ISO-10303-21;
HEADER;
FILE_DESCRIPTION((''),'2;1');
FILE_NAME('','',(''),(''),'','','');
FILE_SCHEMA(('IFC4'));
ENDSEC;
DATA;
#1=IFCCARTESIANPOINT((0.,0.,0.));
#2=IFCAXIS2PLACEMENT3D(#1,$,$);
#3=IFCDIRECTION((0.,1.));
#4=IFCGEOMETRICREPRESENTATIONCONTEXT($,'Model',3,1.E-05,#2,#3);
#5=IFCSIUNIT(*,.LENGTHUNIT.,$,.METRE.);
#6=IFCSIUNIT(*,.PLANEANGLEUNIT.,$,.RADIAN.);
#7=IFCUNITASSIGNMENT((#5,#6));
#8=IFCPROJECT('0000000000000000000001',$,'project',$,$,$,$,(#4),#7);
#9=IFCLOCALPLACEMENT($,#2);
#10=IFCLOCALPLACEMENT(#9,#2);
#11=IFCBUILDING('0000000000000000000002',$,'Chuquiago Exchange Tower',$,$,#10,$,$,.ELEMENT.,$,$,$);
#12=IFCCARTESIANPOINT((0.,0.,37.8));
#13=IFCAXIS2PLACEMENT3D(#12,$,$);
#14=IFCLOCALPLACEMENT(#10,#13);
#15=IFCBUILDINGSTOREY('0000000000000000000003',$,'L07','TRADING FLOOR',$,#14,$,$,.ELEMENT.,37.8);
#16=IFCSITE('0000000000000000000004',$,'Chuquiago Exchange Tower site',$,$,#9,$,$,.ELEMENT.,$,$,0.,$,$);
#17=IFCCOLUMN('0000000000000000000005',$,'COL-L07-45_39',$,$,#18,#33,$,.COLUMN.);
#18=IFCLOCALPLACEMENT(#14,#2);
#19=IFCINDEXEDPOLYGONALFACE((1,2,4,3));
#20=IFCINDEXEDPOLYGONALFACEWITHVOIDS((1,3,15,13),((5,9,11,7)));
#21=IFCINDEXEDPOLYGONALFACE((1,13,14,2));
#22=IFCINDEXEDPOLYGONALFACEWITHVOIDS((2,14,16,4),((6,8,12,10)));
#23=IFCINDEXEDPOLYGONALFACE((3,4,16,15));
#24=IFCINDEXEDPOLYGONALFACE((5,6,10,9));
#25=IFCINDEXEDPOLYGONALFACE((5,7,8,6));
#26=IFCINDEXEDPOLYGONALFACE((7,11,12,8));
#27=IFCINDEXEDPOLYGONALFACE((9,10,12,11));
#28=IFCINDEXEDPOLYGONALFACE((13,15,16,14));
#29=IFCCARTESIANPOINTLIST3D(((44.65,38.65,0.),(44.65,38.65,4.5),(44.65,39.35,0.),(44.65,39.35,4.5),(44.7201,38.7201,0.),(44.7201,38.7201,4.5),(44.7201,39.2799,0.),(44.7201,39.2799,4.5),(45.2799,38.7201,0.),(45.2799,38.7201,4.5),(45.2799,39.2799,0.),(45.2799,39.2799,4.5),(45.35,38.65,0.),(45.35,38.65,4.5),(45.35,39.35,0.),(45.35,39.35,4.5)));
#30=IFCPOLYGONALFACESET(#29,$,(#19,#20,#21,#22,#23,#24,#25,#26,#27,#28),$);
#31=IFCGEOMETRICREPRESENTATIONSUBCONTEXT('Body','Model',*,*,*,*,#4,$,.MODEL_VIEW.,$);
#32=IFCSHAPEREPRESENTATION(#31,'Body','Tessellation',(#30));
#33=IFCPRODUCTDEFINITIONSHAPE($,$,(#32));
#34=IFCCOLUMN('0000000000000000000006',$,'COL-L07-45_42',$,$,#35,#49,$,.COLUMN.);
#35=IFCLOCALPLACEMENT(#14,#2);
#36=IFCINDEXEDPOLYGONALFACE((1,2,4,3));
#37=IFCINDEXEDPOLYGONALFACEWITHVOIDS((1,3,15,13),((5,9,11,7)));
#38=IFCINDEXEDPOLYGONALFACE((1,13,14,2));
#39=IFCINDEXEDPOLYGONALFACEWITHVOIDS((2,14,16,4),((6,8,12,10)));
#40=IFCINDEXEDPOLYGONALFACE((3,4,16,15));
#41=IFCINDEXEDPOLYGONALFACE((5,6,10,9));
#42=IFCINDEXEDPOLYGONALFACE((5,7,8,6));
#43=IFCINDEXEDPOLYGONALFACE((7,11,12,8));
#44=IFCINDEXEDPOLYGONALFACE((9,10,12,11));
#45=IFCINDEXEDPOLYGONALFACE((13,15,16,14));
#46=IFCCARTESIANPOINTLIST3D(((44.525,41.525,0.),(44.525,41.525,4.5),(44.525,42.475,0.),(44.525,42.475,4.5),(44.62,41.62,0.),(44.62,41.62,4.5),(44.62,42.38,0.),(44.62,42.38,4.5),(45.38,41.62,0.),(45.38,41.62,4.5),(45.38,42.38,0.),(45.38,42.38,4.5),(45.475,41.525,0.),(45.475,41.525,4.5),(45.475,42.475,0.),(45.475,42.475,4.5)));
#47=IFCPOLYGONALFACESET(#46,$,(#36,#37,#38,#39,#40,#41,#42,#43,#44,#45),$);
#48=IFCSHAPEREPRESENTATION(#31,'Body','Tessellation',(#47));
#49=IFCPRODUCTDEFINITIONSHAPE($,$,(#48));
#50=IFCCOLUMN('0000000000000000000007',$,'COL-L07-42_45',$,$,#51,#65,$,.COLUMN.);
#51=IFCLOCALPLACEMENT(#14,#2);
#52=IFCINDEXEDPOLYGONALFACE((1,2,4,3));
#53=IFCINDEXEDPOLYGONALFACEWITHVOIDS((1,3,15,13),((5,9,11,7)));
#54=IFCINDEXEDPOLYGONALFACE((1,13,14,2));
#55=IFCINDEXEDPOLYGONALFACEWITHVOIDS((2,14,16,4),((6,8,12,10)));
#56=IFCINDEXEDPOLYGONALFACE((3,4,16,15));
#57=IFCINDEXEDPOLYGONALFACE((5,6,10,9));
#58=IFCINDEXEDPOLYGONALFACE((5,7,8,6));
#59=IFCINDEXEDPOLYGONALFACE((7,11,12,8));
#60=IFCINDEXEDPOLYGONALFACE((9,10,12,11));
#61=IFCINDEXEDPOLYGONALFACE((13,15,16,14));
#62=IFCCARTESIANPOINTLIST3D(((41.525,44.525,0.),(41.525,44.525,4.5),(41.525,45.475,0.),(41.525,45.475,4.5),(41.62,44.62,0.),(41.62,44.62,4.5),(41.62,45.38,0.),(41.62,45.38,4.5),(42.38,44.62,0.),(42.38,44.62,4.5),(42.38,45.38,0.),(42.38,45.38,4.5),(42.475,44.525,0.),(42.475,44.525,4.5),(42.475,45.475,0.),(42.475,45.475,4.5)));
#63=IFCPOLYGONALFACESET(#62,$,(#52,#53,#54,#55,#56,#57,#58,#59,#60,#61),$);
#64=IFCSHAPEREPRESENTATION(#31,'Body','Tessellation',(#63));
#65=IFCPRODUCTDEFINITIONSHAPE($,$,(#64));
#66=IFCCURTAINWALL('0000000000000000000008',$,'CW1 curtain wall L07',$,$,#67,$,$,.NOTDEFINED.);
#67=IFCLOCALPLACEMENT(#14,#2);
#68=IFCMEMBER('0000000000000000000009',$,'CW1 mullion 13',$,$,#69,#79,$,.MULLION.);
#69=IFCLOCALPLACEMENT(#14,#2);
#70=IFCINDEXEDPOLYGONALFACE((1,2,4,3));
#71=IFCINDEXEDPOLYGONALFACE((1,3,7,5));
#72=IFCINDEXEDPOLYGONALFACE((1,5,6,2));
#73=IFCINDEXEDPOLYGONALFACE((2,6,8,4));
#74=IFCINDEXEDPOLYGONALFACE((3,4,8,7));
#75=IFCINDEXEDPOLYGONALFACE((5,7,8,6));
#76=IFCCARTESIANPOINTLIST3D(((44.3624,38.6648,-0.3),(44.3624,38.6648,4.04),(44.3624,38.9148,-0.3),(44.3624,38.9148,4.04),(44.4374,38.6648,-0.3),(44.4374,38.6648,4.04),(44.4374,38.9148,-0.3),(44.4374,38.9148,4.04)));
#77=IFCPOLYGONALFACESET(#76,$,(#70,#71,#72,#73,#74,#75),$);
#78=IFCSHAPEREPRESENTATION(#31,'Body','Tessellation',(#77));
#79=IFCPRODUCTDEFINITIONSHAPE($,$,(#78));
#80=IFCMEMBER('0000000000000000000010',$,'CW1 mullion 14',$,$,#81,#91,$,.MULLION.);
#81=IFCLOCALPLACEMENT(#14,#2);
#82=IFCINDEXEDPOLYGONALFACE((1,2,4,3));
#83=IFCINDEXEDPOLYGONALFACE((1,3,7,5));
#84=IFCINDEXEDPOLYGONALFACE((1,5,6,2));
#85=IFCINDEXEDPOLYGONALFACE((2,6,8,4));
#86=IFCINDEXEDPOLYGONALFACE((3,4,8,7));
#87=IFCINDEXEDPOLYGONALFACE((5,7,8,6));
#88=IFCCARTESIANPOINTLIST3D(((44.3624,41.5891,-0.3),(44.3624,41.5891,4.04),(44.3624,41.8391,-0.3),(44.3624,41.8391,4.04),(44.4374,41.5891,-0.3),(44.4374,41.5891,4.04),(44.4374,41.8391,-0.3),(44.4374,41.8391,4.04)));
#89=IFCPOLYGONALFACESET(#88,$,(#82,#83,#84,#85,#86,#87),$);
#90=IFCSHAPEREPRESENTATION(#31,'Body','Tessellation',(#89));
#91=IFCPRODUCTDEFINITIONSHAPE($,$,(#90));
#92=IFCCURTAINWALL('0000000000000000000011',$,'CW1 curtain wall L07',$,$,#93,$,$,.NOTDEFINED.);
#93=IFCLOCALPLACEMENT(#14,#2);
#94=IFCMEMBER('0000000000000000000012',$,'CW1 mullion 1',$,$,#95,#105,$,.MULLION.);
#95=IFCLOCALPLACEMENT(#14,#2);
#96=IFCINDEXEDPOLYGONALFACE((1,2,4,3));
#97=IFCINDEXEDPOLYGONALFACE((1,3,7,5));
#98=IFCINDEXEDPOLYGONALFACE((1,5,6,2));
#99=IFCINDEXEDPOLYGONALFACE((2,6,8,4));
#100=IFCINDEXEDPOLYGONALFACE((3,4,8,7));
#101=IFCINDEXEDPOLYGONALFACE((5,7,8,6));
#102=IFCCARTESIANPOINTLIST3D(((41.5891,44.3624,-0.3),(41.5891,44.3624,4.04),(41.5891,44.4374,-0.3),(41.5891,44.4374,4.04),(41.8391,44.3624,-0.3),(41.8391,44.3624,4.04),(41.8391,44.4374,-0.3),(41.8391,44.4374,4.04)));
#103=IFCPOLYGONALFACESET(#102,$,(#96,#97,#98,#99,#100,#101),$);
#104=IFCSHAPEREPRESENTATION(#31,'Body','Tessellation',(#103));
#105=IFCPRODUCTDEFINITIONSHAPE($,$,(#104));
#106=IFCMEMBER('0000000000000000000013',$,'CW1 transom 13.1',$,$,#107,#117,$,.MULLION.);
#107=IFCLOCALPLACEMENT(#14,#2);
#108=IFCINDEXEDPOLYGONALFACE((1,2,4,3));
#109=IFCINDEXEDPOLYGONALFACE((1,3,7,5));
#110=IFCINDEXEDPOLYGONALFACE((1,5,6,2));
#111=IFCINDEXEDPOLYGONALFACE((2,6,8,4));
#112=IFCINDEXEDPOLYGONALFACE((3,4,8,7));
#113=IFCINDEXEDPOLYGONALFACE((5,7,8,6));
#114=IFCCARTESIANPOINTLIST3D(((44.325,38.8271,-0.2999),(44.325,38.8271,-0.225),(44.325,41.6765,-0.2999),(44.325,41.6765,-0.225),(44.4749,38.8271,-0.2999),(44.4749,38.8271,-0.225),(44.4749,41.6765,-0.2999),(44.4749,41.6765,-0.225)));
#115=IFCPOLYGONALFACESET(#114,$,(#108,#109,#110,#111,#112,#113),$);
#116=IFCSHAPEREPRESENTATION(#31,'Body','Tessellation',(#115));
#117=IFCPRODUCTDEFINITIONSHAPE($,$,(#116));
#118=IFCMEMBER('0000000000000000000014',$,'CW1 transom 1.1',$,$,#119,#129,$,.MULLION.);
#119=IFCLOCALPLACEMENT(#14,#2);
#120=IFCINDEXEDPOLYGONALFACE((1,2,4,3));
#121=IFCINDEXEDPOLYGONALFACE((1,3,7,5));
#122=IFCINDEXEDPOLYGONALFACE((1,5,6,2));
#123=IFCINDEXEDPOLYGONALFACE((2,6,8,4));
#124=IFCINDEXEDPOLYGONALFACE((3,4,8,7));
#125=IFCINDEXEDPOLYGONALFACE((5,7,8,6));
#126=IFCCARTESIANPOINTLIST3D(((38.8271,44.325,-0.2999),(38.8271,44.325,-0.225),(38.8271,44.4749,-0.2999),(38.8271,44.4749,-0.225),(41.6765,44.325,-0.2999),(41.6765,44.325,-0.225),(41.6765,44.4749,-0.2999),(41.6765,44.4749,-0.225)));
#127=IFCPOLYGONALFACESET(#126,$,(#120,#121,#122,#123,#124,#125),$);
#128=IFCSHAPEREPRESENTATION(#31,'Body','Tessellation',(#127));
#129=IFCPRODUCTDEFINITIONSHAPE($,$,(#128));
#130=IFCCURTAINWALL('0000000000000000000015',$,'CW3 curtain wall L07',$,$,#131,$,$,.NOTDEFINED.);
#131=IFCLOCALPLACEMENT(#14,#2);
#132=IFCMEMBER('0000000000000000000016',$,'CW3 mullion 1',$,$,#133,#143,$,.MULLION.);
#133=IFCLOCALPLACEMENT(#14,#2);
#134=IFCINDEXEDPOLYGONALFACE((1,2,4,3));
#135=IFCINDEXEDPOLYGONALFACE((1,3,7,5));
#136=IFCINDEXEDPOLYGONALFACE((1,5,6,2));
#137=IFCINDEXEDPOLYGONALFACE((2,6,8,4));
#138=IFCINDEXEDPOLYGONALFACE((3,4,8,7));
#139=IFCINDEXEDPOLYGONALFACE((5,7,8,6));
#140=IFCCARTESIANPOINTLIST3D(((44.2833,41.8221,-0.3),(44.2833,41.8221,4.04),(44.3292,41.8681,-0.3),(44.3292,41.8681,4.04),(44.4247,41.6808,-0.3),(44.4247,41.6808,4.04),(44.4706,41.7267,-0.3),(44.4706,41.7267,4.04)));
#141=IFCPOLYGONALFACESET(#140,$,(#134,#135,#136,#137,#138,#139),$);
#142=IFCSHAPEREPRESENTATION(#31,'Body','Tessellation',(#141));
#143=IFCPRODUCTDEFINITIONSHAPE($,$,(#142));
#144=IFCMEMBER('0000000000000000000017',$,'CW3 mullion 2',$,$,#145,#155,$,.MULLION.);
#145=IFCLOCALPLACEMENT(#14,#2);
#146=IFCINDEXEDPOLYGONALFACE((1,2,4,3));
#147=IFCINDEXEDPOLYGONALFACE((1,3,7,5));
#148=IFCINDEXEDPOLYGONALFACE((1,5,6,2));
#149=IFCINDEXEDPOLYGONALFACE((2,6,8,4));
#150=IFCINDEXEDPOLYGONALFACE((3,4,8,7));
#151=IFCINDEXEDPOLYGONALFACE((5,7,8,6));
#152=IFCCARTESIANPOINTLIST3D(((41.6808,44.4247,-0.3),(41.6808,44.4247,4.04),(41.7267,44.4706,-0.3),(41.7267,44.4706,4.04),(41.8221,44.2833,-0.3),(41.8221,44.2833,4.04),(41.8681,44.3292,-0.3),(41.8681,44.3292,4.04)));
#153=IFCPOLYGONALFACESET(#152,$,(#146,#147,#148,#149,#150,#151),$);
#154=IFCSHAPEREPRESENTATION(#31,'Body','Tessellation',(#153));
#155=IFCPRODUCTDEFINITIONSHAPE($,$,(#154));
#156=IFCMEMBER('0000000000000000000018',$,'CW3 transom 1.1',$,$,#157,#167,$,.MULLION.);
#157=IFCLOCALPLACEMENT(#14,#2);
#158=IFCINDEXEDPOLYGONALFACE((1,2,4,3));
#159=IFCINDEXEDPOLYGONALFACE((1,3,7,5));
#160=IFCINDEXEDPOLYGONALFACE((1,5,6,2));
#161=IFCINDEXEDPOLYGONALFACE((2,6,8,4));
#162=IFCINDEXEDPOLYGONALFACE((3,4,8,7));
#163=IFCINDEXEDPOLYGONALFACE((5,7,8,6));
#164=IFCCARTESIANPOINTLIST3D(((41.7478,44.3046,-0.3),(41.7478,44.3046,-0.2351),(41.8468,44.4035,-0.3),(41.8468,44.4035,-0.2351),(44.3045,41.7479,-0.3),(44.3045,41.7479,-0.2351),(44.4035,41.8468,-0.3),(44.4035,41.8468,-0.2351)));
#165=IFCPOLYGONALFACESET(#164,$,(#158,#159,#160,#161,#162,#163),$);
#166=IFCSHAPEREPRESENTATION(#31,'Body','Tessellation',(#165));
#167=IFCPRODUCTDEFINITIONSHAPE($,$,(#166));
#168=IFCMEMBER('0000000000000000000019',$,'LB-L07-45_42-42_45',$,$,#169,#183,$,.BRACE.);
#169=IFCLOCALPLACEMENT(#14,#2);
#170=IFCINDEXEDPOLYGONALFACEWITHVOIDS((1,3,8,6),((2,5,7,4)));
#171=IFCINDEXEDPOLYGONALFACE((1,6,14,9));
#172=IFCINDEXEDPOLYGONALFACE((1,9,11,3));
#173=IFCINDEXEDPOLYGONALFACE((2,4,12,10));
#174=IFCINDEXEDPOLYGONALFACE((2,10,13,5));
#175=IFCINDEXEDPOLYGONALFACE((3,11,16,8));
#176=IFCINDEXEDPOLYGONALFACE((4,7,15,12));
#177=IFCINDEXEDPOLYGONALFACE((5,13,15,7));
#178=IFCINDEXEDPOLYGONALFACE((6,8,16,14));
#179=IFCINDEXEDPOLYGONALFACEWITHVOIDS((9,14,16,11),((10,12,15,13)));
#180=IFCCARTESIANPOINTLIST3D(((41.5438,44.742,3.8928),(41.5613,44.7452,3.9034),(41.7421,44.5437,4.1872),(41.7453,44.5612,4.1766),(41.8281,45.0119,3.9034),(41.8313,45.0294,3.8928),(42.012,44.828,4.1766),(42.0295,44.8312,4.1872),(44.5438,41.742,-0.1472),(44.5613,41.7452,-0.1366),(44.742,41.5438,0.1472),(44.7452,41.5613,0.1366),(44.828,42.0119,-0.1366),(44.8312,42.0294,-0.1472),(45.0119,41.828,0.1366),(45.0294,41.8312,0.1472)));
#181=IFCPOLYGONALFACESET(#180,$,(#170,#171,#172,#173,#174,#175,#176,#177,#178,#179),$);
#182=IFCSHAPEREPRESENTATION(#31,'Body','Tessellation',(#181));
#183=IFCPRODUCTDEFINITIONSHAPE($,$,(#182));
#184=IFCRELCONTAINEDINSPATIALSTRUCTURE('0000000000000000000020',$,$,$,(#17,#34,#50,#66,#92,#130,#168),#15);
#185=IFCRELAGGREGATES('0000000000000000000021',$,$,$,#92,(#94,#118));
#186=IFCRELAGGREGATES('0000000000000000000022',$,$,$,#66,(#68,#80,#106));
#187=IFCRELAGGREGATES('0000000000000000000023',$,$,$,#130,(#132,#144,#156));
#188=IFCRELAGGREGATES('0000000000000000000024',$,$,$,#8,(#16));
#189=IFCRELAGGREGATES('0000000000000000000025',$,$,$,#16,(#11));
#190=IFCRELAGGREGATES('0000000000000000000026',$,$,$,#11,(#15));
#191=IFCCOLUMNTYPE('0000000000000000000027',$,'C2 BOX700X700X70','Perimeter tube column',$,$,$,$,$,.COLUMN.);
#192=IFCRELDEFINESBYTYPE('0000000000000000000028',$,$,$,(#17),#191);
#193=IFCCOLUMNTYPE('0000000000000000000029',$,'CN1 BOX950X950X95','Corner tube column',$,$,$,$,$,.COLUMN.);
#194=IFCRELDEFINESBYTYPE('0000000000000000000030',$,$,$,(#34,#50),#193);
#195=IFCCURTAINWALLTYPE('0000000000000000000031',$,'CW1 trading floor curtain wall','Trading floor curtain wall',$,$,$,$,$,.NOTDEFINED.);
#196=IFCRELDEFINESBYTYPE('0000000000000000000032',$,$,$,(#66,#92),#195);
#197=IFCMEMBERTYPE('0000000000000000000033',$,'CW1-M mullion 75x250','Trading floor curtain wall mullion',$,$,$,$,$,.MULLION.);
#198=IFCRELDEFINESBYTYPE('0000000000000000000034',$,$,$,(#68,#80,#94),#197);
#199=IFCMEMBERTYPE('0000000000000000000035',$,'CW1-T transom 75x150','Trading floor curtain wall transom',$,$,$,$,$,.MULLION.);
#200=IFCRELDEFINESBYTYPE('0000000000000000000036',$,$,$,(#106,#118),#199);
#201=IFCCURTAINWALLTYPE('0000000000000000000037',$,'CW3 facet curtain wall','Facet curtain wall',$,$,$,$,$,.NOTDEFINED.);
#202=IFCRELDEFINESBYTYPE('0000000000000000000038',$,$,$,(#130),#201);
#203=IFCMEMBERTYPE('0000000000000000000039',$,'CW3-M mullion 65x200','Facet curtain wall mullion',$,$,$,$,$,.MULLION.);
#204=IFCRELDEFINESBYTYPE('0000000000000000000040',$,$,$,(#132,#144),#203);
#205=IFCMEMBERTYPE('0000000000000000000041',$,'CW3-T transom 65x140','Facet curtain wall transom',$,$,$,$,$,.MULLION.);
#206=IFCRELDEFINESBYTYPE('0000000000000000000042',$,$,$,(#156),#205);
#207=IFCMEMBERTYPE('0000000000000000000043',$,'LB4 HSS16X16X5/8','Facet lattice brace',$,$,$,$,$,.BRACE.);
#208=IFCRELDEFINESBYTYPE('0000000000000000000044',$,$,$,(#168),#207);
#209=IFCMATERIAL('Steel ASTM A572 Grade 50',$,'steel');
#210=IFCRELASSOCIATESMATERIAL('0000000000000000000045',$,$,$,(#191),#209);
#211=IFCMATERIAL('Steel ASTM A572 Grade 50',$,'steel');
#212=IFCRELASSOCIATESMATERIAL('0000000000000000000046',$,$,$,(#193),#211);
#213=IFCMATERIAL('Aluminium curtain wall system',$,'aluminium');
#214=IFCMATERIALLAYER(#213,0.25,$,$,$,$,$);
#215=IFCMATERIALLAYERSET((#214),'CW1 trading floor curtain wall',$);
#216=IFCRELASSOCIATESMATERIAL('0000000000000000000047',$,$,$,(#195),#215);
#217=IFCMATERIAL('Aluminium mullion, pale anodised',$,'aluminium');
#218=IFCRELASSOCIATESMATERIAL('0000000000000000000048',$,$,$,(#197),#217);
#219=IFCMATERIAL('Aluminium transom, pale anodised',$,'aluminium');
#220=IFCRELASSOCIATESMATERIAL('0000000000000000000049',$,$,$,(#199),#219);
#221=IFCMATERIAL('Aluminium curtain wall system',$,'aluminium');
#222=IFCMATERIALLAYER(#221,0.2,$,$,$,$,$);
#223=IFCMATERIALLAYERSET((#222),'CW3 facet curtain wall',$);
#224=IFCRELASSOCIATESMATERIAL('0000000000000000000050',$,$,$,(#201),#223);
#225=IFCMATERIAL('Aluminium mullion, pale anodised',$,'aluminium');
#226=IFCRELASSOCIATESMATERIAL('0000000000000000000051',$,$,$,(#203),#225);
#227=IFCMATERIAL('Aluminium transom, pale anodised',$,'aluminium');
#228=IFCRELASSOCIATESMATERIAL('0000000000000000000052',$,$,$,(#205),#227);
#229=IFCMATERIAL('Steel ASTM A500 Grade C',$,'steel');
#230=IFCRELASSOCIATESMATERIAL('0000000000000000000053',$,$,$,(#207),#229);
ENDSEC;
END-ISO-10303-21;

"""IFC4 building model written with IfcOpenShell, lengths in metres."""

from ifc_helpers import new_model, si_unit, direction, frame, origin, origin_2d, place, context, subcontext, project, spatial, rectangle, hollow_rectangle, extrude, material, layer, layer_set, material_profile, profile_set, type_object, element, aggregate, save


model = new_model("IFC4")

# Units and contexts
model_context = context("Model", 3, precision=1e-05, world=origin(), true_north=direction((0.0, 1.0)))
body_context = subcontext(model_context, "Body", "Model", "MODEL_VIEW")
ifc_project = project(units=[si_unit("LENGTHUNIT", "METRE"), si_unit("PLANEANGLEUNIT", "RADIAN")], contexts=[model_context])

# Site, building, storey
site_placement = place(None, origin())
site = spatial("IfcSite", under=ifc_project, at=site_placement, Name="Chuquiago Exchange Tower site", CompositionType="ELEMENT", RefElevation=0.0)
building_placement = place(site_placement, origin())
building = spatial("IfcBuilding", under=site, at=building_placement, Name="Chuquiago Exchange Tower", CompositionType="ELEMENT")
storey_placement = place(building_placement, frame((0.0, 0.0, 37.8)))
storey = spatial("IfcBuildingStorey", under=building, at=storey_placement, Name="L07", Description="TRADING FLOOR", CompositionType="ELEMENT", Elevation=37.8)

# Columns
ifc_material_1 = material(Name="Steel ASTM A572 Grade 50", Category="steel")
ifc_material_profile_1 = material_profile(ifc_material_1, hollow_rectangle(XDim=0.7, YDim=0.7, WallThickness=0.0701, at=origin_2d()), Name="BOX700X700X70")
ifc_profile_set_1 = profile_set([ifc_material_profile_1], Name="Steel ASTM A572 Grade 50")
column_type_1 = type_object("IfcColumnType", Name="C2 BOX700X700X70", Description="Perimeter tube column", PredefinedType="COLUMN", material=ifc_profile_set_1)
column_placement = place(storey_placement, frame((45.0, 39.0, 0.0), z_axis=(0.0, 0.0, 1.0), x_axis=(1.0, 0.0, 0.0)))
element("IfcColumn", 1, at=column_placement, inside=storey, type_object=column_type_1, Name="COL-L07-45_39", PredefinedType="COLUMN", context=body_context, shape_type="SweptSolid", body=[
    extrude(hollow_rectangle(XDim=0.7, YDim=0.7, WallThickness=0.0701, at=origin_2d()), origin(), (0.0, 0.0, 1.0), 4.5),
])
ifc_material_2 = material(Name="Steel ASTM A572 Grade 50", Category="steel")
ifc_material_profile_2 = material_profile(ifc_material_2, hollow_rectangle(XDim=0.95, YDim=0.95, WallThickness=0.095, at=origin_2d()), Name="BOX950X950X95")
ifc_profile_set_2 = profile_set([ifc_material_profile_2], Name="Steel ASTM A572 Grade 50")
column_type_2 = type_object("IfcColumnType", Name="CN1 BOX950X950X95", Description="Corner tube column", PredefinedType="COLUMN", material=ifc_profile_set_2)
for number, where, z_axis, x_axis, name in (
    (2, (45.0, 42.0, 0.0), (0.0, 0.0, 1.0), (1.0, 0.0, 0.0), "COL-L07-45_42"),
    (3, (42.0, 45.0, 0.0), (0.0, 0.0, 1.0), (0.0, 1.0, 0.0), "COL-L07-42_45"),
):
    element("IfcColumn", number, at=place(storey_placement, frame(where, z_axis=z_axis, x_axis=x_axis)), inside=storey, type_object=column_type_2, Name=name, PredefinedType="COLUMN", context=body_context, shape_type="SweptSolid", body=[
        extrude(hollow_rectangle(XDim=0.95, YDim=0.95, WallThickness=0.095, at=origin_2d()), origin(), (0.0, 0.0, 1.0), 4.5),
    ])

# Curtain wall, members
ifc_material_3 = material(Name="Aluminium curtain wall system", Category="aluminium")
ifc_layer_1 = layer(ifc_material_3, 0.25)
ifc_layer_set_1 = layer_set([ifc_layer_1], Name="CW1 trading floor curtain wall")
curtain_wall_type_1 = type_object("IfcCurtainWallType", Name="CW1 trading floor curtain wall", Description="Trading floor curtain wall", PredefinedType="NOTDEFINED", material=ifc_layer_set_1)
curtain_wall_1_placement = place(storey_placement, origin())
curtain_wall_1 = element("IfcCurtainWall", 4, at=curtain_wall_1_placement, inside=storey, type_object=curtain_wall_type_1, Name="CW1 curtain wall L07", PredefinedType="NOTDEFINED")
ifc_material_4 = material(Name="Aluminium mullion, pale anodised", Category="aluminium")
ifc_material_profile_3 = material_profile(ifc_material_4, rectangle(XDim=0.075, YDim=0.25, at=origin_2d()), Name="AL 75x250")
ifc_profile_set_3 = profile_set([ifc_material_profile_3], Name="Aluminium mullion, pale anodised")
member_type_1 = type_object("IfcMemberType", Name="CW1-M mullion 75x250", Description="Trading floor curtain wall mullion", PredefinedType="MULLION", material=ifc_profile_set_3)
member_1_placement = place(storey_placement, frame((44.3999, 38.7898, -0.3), z_axis=(0.0, 0.0, 1.0), x_axis=(-1.0, 0.0, 0.0)))
member_1 = element("IfcMember", 5, at=member_1_placement, type_object=member_type_1, Name="CW1 mullion 13", PredefinedType="MULLION", context=body_context, shape_type="SweptSolid", body=[
    extrude(rectangle(XDim=0.075, YDim=0.25, at=origin_2d()), origin(), (0.0, 0.0, 1.0), 4.3401),
])
member_2_placement = place(storey_placement, frame((44.3999, 41.7141, -0.3), z_axis=(0.0, 0.0, 1.0), x_axis=(-1.0, 0.0, 0.0)))
member_2 = element("IfcMember", 6, at=member_2_placement, type_object=member_type_1, Name="CW1 mullion 14", PredefinedType="MULLION", context=body_context, shape_type="SweptSolid", body=[
    extrude(rectangle(XDim=0.075, YDim=0.25, at=origin_2d()), origin(), (0.0, 0.0, 1.0), 4.3401),
])

# Curtain wall, member
curtain_wall_2_placement = place(storey_placement, origin())
curtain_wall_2 = element("IfcCurtainWall", 7, at=curtain_wall_2_placement, inside=storey, type_object=curtain_wall_type_1, Name="CW1 curtain wall L07", PredefinedType="NOTDEFINED")
member_3_placement = place(storey_placement, frame((41.7141, 44.3999, -0.3), z_axis=(0.0, 0.0, 1.0), x_axis=(0.0, -1.0, 0.0)))
member_3 = element("IfcMember", 8, at=member_3_placement, type_object=member_type_1, Name="CW1 mullion 1", PredefinedType="MULLION", context=body_context, shape_type="SweptSolid", body=[
    extrude(rectangle(XDim=0.075, YDim=0.25, at=origin_2d()), origin(), (0.0, 0.0, 1.0), 4.3401),
])

# Members
ifc_material_5 = material(Name="Aluminium transom, pale anodised", Category="aluminium")
ifc_material_profile_4 = material_profile(ifc_material_5, rectangle(XDim=0.1499, YDim=0.075, at=origin_2d()), Name="AL 150x75")
ifc_profile_set_4 = profile_set([ifc_material_profile_4], Name="Aluminium transom, pale anodised")
member_type_2 = type_object("IfcMemberType", Name="CW1-T transom 75x150", Description="Trading floor curtain wall transom", PredefinedType="MULLION", material=ifc_profile_set_4)
member_4_placement = place(storey_placement, frame((44.3999, 38.8271, -0.2625), z_axis=(0.0, 1.0, 0.0), x_axis=(-1.0, 0.0, 0.0)))
member_4 = element("IfcMember", 9, at=member_4_placement, type_object=member_type_2, Name="CW1 transom 13.1", PredefinedType="MULLION", context=body_context, shape_type="SweptSolid", body=[
    extrude(rectangle(XDim=0.1499, YDim=0.075, at=origin_2d()), origin(), (0.0, 0.0, 1.0), 2.8494),
])
member_5_placement = place(storey_placement, frame((41.6765, 44.3999, -0.2625), z_axis=(-1.0, 0.0, 0.0), x_axis=(0.0, -1.0, 0.0)))
member_5 = element("IfcMember", 10, at=member_5_placement, type_object=member_type_2, Name="CW1 transom 1.1", PredefinedType="MULLION", context=body_context, shape_type="SweptSolid", body=[
    extrude(rectangle(XDim=0.1499, YDim=0.075, at=origin_2d()), origin(), (0.0, 0.0, 1.0), 2.8494),
])
aggregate(curtain_wall_2, [member_3, member_5])

# Curtain wall, members
ifc_material_6 = material(Name="Aluminium curtain wall system", Category="aluminium")
ifc_layer_2 = layer(ifc_material_6, 0.2)
ifc_layer_set_2 = layer_set([ifc_layer_2], Name="CW3 facet curtain wall")
curtain_wall_type_2 = type_object("IfcCurtainWallType", Name="CW3 facet curtain wall", Description="Facet curtain wall", PredefinedType="NOTDEFINED", material=ifc_layer_set_2)
curtain_wall_3_placement = place(storey_placement, origin())
curtain_wall_3 = element("IfcCurtainWall", 11, at=curtain_wall_3_placement, inside=storey, type_object=curtain_wall_type_2, Name="CW3 curtain wall L07", PredefinedType="NOTDEFINED")
ifc_material_7 = material(Name="Aluminium mullion, pale anodised", Category="aluminium")
ifc_material_profile_5 = material_profile(ifc_material_7, rectangle(XDim=0.0649, YDim=0.2, at=origin_2d()), Name="AL 65x200")
ifc_profile_set_5 = profile_set([ifc_material_profile_5], Name="Aluminium mullion, pale anodised")
member_type_3 = type_object("IfcMemberType", Name="CW3-M mullion 65x200", Description="Facet curtain wall mullion", PredefinedType="MULLION", material=ifc_profile_set_5)
member_6_placement = place(storey_placement, frame((44.377, 41.7744, -0.3), z_axis=(0.0, 0.0, 1.0), x_axis=(-0.707107, -0.707107, 0.0)))
member_6 = element("IfcMember", 12, at=member_6_placement, type_object=member_type_3, Name="CW3 mullion 1", PredefinedType="MULLION", context=body_context, shape_type="SweptSolid", body=[
    extrude(rectangle(XDim=0.0649, YDim=0.2, at=origin_2d()), origin(), (0.0, 0.0, 1.0), 4.3401),
])
member_7_placement = place(storey_placement, frame((41.7744, 44.377, -0.3), z_axis=(0.0, 0.0, 1.0), x_axis=(-0.707107, -0.707107, 0.0)))
member_7 = element("IfcMember", 13, at=member_7_placement, type_object=member_type_3, Name="CW3 mullion 2", PredefinedType="MULLION", context=body_context, shape_type="SweptSolid", body=[
    extrude(rectangle(XDim=0.0649, YDim=0.2, at=origin_2d()), origin(), (0.0, 0.0, 1.0), 4.3401),
])
ifc_material_8 = material(Name="Aluminium transom, pale anodised", Category="aluminium")
ifc_material_profile_6 = material_profile(ifc_material_8, rectangle(XDim=0.1399, YDim=0.0649, at=origin_2d()), Name="AL 140x65")
ifc_profile_set_6 = profile_set([ifc_material_profile_6], Name="Aluminium transom, pale anodised")
member_type_4 = type_object("IfcMemberType", Name="CW3-T transom 65x140", Description="Facet curtain wall transom", PredefinedType="MULLION", material=ifc_profile_set_6)
member_8_placement = place(storey_placement, frame((44.354, 41.7974, -0.2676), z_axis=(-0.707107, 0.707107, 0.0), x_axis=(-0.707107, -0.707107, 0.0)))
member_8 = element("IfcMember", 14, at=member_8_placement, type_object=member_type_4, Name="CW3 transom 1.1", PredefinedType="MULLION", context=body_context, shape_type="SweptSolid", body=[
    extrude(rectangle(XDim=0.1399, YDim=0.0649, at=origin_2d()), origin(), (0.0, 0.0, 1.0), 3.6157),
])

# Member
ifc_material_9 = material(Name="Steel ASTM A500 Grade C", Category="steel")
ifc_material_profile_7 = material_profile(ifc_material_9, hollow_rectangle(XDim=0.4065, YDim=0.4065, WallThickness=0.0146, at=origin_2d()), Name="HSS16X16X5/8")
ifc_profile_set_7 = profile_set([ifc_material_profile_7], Name="Steel ASTM A500 Grade C")
member_type_5 = type_object("IfcMemberType", Name="LB4 HSS16X16X5/8", Description="Facet lattice brace", PredefinedType="BRACE", material=ifc_profile_set_7)
member_9_placement = place(storey_placement, frame((44.7866, 41.7866, 0.0), z_axis=(-0.512077, 0.512077, 0.689604), x_axis=(-0.707107, -0.707107, 0.0)))
element("IfcMember", 15, at=member_9_placement, inside=storey, type_object=member_type_5, Name="LB-L07-45_42-42_45", PredefinedType="BRACE", context=body_context, shape_type="SweptSolid", body=[
    extrude(hollow_rectangle(XDim=0.4065, YDim=0.4065, WallThickness=0.0146, at=origin_2d()), origin(), (0.0, 0.0, 1.0), 5.8584),
])

aggregate(curtain_wall_1, [member_1, member_2, member_4])
aggregate(curtain_wall_3, [member_6, member_7, member_8])

save(model, "model.ifc")
